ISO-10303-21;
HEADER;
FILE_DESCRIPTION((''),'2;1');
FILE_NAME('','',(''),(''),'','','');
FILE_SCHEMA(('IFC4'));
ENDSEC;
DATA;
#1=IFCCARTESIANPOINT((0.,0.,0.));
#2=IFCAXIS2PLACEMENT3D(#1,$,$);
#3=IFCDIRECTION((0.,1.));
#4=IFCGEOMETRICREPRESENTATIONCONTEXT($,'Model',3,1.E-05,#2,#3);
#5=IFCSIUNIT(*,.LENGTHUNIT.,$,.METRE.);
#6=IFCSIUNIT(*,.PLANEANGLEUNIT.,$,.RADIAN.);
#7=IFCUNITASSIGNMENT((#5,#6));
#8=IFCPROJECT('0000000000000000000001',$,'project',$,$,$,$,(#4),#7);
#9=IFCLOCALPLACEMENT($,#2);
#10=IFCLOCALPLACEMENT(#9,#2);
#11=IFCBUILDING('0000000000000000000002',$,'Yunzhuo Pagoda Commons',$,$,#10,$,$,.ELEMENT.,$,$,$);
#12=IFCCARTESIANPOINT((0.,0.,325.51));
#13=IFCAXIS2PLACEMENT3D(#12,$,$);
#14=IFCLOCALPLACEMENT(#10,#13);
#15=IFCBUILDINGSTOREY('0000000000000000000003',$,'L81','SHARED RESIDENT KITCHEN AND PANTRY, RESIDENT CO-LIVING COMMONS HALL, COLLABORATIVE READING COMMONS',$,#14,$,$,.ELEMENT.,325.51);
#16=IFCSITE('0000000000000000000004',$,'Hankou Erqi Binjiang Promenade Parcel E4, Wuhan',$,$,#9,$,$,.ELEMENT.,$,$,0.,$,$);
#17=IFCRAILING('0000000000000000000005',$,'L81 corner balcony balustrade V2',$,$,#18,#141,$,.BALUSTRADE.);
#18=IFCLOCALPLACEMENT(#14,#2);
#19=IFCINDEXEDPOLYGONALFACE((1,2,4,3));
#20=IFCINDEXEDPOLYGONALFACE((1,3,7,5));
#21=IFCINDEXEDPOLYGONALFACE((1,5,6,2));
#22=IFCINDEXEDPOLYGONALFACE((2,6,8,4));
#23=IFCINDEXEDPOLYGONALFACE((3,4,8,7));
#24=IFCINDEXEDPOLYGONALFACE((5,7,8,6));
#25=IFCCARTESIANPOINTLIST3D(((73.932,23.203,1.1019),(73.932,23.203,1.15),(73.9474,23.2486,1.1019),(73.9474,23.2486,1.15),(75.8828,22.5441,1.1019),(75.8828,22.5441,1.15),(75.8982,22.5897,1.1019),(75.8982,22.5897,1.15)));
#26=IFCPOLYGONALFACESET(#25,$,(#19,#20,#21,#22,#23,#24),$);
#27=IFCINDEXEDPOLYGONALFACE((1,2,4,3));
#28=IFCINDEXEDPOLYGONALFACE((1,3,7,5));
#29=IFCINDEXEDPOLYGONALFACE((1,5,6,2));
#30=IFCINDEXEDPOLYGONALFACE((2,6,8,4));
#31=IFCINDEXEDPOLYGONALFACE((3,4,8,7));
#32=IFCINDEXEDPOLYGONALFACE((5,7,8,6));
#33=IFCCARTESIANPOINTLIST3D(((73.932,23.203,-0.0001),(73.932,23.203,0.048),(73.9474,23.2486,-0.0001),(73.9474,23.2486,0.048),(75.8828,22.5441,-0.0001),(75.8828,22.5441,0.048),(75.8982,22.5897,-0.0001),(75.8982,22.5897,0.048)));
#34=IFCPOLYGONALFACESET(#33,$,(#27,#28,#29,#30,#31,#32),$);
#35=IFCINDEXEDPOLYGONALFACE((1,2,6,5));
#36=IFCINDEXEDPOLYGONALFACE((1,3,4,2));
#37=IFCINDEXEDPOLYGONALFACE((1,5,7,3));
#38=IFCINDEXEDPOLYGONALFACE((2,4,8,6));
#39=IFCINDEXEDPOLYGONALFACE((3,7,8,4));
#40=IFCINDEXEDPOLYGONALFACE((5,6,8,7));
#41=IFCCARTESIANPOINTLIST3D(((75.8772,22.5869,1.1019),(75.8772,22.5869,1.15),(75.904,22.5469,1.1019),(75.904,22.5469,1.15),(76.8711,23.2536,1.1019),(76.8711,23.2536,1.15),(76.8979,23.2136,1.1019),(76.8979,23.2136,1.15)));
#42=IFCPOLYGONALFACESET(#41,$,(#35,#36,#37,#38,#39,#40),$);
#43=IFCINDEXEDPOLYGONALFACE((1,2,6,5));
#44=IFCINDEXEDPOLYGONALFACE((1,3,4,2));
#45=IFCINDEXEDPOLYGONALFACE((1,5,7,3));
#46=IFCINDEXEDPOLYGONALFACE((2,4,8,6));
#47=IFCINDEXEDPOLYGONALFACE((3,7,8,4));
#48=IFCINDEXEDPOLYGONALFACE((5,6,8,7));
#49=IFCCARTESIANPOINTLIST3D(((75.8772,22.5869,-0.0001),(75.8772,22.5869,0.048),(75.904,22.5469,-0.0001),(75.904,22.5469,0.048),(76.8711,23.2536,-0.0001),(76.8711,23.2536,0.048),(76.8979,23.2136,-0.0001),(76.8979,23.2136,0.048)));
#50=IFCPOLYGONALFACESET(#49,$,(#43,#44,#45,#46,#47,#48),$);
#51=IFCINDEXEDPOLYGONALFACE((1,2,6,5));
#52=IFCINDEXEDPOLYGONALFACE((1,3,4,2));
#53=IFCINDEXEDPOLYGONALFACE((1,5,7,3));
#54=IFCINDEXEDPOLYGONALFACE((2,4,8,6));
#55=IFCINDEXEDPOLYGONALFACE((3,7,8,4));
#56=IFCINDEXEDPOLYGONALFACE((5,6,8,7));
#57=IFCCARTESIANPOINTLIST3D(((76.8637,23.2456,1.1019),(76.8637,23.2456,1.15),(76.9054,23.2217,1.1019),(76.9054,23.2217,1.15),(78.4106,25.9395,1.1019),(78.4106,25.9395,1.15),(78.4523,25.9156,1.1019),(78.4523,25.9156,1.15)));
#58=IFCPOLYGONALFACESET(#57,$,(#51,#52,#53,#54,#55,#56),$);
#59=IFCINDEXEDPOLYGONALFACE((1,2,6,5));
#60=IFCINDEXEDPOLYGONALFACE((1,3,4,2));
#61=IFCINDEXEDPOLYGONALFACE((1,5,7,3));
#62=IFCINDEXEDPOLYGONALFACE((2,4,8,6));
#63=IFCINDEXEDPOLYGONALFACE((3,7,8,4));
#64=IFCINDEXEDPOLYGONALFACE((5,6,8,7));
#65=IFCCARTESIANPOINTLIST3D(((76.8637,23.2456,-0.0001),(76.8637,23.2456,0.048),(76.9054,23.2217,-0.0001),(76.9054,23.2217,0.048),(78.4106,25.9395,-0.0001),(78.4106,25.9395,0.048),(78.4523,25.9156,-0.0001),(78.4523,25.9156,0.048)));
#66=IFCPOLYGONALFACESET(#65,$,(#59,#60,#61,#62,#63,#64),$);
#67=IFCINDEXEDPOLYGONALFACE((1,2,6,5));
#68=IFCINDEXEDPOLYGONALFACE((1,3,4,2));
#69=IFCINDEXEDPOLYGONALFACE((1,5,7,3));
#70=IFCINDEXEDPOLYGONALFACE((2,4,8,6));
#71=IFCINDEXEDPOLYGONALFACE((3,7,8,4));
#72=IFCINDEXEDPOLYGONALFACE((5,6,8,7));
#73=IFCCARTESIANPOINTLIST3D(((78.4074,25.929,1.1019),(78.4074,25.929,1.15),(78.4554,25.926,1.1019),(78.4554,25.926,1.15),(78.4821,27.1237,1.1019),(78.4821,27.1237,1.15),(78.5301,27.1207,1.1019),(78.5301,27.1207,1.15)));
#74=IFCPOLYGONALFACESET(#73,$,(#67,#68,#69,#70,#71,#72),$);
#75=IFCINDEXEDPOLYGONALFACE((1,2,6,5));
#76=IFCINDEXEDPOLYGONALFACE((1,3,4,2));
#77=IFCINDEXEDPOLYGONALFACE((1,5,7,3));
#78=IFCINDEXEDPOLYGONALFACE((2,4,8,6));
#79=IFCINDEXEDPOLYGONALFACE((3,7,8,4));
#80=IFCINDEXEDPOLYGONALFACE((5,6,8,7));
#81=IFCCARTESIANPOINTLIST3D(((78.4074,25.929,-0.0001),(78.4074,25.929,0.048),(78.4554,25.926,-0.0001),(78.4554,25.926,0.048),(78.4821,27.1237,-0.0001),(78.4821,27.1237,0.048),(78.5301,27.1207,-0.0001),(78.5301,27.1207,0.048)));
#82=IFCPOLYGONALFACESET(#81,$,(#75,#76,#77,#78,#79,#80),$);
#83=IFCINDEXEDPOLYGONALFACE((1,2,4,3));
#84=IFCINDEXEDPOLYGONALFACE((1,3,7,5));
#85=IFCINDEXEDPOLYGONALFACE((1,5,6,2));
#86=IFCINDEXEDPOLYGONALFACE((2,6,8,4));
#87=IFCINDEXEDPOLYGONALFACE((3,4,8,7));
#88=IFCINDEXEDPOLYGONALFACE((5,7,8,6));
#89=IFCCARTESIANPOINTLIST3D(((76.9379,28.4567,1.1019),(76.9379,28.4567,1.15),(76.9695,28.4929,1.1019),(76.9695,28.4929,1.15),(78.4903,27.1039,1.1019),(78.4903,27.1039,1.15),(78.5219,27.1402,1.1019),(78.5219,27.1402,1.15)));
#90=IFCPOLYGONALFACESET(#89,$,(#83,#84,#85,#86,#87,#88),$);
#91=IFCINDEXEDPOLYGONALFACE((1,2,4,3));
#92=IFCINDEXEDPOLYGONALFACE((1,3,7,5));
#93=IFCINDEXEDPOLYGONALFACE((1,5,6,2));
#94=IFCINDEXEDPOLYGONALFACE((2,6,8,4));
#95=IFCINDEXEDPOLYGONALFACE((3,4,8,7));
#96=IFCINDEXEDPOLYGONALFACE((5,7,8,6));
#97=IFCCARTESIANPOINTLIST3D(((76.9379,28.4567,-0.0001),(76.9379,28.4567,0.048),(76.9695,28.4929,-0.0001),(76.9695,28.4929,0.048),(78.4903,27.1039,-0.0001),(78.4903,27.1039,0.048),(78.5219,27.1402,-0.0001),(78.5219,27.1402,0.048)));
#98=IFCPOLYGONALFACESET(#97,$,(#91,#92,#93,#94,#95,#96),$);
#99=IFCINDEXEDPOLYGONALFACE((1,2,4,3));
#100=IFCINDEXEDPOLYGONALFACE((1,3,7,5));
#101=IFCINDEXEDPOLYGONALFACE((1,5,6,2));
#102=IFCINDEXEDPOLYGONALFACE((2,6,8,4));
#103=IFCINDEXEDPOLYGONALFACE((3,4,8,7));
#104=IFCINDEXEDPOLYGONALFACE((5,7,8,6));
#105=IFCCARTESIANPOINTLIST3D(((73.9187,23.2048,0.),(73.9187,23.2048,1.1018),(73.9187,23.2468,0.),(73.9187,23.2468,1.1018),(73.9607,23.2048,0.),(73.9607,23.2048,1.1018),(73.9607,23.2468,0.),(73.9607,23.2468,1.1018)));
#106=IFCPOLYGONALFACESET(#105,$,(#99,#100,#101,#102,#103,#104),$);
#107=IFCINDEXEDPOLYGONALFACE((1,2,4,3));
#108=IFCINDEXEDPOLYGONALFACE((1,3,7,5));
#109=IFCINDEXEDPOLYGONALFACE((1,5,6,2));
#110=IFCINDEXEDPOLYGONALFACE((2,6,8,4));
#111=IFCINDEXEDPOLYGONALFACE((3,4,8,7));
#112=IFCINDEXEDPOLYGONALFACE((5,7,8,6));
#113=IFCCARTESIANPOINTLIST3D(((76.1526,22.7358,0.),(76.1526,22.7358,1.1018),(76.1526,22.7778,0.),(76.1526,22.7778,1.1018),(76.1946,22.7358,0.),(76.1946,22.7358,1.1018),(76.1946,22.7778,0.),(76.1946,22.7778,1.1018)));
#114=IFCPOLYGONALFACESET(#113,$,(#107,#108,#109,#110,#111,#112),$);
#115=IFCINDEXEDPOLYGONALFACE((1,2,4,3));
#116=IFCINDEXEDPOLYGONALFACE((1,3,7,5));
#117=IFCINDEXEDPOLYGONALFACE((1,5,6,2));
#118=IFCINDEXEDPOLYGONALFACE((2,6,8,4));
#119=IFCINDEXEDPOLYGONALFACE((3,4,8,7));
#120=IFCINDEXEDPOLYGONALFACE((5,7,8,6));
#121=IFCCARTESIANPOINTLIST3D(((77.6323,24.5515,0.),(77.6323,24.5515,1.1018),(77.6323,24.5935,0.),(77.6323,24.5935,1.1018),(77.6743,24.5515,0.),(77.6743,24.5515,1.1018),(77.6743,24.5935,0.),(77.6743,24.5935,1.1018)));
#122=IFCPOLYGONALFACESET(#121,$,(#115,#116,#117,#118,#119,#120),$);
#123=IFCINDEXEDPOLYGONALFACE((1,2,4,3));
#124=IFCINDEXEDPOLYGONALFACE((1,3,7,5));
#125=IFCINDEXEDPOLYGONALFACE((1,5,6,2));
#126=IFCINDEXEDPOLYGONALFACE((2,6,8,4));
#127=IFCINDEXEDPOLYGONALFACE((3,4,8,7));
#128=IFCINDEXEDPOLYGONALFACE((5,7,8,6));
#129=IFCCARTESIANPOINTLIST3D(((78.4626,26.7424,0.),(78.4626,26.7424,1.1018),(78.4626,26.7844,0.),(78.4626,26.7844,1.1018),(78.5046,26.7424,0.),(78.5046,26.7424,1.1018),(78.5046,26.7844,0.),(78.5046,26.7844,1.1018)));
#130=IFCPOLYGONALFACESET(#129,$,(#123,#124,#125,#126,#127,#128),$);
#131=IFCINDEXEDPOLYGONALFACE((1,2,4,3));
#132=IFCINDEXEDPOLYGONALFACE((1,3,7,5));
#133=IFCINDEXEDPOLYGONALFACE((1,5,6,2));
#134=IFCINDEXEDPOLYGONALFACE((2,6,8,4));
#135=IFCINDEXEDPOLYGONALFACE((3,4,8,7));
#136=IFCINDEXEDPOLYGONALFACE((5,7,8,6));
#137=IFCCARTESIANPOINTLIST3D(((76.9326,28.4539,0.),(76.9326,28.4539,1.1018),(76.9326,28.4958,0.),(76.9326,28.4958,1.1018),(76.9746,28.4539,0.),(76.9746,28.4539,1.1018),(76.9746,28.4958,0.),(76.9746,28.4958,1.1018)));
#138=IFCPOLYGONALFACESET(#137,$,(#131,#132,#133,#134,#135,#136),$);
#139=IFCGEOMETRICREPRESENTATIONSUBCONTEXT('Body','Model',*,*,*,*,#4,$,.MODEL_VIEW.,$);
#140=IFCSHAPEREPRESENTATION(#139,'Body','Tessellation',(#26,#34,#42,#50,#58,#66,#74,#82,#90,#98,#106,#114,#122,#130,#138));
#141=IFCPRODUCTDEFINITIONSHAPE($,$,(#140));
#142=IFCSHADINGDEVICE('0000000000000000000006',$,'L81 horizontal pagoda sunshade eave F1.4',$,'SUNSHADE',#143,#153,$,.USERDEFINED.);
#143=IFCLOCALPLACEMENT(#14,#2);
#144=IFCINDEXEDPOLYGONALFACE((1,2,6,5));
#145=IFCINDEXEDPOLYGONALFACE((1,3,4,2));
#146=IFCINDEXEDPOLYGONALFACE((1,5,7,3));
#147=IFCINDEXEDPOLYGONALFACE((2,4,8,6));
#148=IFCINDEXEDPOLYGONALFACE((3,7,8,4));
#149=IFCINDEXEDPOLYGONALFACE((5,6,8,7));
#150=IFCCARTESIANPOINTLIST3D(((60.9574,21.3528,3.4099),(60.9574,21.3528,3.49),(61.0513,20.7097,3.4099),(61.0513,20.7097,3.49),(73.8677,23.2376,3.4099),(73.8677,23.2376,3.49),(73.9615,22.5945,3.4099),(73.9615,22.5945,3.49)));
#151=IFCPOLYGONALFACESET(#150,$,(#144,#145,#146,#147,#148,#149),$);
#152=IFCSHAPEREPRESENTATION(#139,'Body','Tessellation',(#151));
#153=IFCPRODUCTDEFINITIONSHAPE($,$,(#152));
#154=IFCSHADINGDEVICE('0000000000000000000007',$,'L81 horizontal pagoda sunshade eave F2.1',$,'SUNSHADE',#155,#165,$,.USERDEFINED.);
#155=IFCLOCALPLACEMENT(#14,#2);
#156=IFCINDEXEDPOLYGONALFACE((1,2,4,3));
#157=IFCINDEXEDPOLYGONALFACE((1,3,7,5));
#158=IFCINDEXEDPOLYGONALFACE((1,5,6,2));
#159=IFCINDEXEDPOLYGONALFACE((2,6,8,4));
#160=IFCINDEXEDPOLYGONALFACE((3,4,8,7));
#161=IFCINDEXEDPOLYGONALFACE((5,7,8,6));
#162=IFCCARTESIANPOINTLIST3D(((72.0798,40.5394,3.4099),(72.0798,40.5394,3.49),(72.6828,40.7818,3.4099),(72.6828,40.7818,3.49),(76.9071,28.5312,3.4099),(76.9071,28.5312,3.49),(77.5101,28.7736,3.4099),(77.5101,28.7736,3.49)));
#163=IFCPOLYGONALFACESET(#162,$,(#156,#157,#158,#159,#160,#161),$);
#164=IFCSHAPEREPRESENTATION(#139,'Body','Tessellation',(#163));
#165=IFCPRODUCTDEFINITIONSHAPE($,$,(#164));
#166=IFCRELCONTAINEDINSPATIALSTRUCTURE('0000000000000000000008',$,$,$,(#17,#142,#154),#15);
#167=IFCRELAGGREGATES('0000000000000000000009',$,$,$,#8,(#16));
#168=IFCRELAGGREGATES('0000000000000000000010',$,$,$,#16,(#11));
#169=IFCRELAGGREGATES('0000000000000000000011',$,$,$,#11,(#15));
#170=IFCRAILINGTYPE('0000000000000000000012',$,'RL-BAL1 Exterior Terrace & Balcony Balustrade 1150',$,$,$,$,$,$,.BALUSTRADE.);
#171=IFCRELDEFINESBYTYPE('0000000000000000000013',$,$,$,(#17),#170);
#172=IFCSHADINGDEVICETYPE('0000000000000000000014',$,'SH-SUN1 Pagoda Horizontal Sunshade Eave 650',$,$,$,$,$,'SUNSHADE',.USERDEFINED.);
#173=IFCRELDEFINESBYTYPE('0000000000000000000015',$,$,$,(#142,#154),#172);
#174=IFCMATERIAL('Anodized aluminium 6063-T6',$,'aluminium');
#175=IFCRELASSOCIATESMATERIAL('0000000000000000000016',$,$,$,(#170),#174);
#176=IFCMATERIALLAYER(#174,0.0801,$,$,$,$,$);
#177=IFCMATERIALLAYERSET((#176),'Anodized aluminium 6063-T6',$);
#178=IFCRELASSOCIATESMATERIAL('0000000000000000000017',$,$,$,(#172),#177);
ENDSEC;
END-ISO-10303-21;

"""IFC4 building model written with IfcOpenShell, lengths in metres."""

from ifc_helpers import new_model, si_unit, direction, frame, origin, origin_2d, place, context, subcontext, project, spatial, rectangle, extrude, source, transform, mapped, material, layer, layer_set, type_object, element, save


model = new_model("IFC4")

# Units and contexts
model_context = context("Model", 3, precision=1e-05, world=origin(), true_north=direction((0.0, 1.0)))
body_context = subcontext(model_context, "Body", "Model", "MODEL_VIEW")
ifc_project = project(units=[si_unit("LENGTHUNIT", "METRE"), si_unit("PLANEANGLEUNIT", "RADIAN")], contexts=[model_context])

# Site, building, storey
site_placement = place(None, origin())
site = spatial("IfcSite", under=ifc_project, at=site_placement, Name="Hankou Erqi Binjiang Promenade Parcel E4, Wuhan", CompositionType="ELEMENT", RefElevation=0.0)
building_placement = place(site_placement, origin())
building = spatial("IfcBuilding", under=site, at=building_placement, Name="Yunzhuo Pagoda Commons", CompositionType="ELEMENT")
storey_placement = place(building_placement, frame((0.0, 0.0, 325.51)))
storey = spatial("IfcBuildingStorey", under=building, at=storey_placement, Name="L81", Description="SHARED RESIDENT KITCHEN AND PANTRY, RESIDENT CO-LIVING COMMONS HALL, COLLABORATIVE READING COMMONS", CompositionType="ELEMENT", Elevation=325.51)

# Shared definitions
ifc_material_1 = material(Name="Anodized aluminium 6063-T6", Category="aluminium")

# Railing
railing_type = type_object("IfcRailingType", Name="RL-BAL1 Exterior Terrace & Balcony Balustrade 1150", PredefinedType="BALUSTRADE", material=ifc_material_1)
railing_placement = place(storey_placement, frame((73.9397, 23.2258, 0.0)))
element("IfcRailing", 1, at=railing_placement, inside=storey, type_object=railing_type, Name="L81 corner balcony balustrade V2", PredefinedType="BALUSTRADE", context=body_context, shape_type="SweptSolid", body=[
    extrude(rectangle(XDim=0.0481, YDim=0.0481, at=origin_2d()), frame((0.0, 0.0, 1.126), z_axis=(0.947419, -0.319996, 0.0), x_axis=(0.319996, 0.947419, 0.0)), (0.0, 0.0, 1.0), 2.0591),
    extrude(rectangle(XDim=0.0481, YDim=0.0481, at=origin_2d()), frame((0.0, 0.0, 0.0239), z_axis=(0.947419, -0.319996, 0.0), x_axis=(0.319996, 0.947419, 0.0)), (0.0, 0.0, 1.0), 2.0591),
    extrude(rectangle(XDim=0.0481, YDim=0.0481, at=origin_2d()), frame((1.9509, -0.6589, 1.126), z_axis=(0.830446, 0.557099, 0.0), x_axis=(-0.557099, 0.830446, 0.0)), (0.0, 0.0, 1.0), 1.1968),
    extrude(rectangle(XDim=0.0481, YDim=0.0481, at=origin_2d()), frame((1.9509, -0.6589, 0.0239), z_axis=(0.830446, 0.557099, 0.0), x_axis=(-0.557099, 0.830446, 0.0)), (0.0, 0.0, 1.0), 1.1968),
    extrude(rectangle(XDim=0.0481, YDim=0.0481, at=origin_2d()), frame((2.9448, 0.0078, 1.126), z_axis=(0.497966, 0.867197, 0.0), x_axis=(-0.867197, 0.497966, 0.0)), (0.0, 0.0, 1.0), 3.1064),
    extrude(rectangle(XDim=0.0481, YDim=0.0481, at=origin_2d()), frame((2.9448, 0.0078, 0.0239), z_axis=(0.497966, 0.867197, 0.0), x_axis=(-0.867197, 0.497966, 0.0)), (0.0, 0.0, 1.0), 3.1064),
    extrude(rectangle(XDim=0.0481, YDim=0.0481, at=origin_2d()), frame((4.4917, 2.7017, 1.126), z_axis=(0.062416, 0.99805, 0.0), x_axis=(-0.99805, 0.062416, 0.0)), (0.0, 0.0, 1.0), 1.197),
    extrude(rectangle(XDim=0.0481, YDim=0.0481, at=origin_2d()), frame((4.4917, 2.7017, 0.0239), z_axis=(0.062416, 0.99805, 0.0), x_axis=(-0.99805, 0.062416, 0.0)), (0.0, 0.0, 1.0), 1.197),
    extrude(rectangle(XDim=0.0481, YDim=0.0481, at=origin_2d()), frame((4.5664, 3.8962, 1.126), z_axis=(-0.753934, 0.65695, 0.0), x_axis=(-0.65695, -0.753934, 0.0)), (0.0, 0.0, 1.0), 2.0591),
    extrude(rectangle(XDim=0.0481, YDim=0.0481, at=origin_2d()), frame((4.5664, 3.8962, 0.0239), z_axis=(-0.753934, 0.65695, 0.0), x_axis=(-0.65695, -0.753934, 0.0)), (0.0, 0.0, 1.0), 2.0591),
    extrude(rectangle(XDim=0.042, YDim=0.042, at=origin_2d()), origin(), (0.0, 0.0, 1.0), 1.1018),
    extrude(rectangle(XDim=0.042, YDim=0.042, at=origin_2d()), frame((2.2339, -0.469, 0.0)), (0.0, 0.0, 1.0), 1.1018),
    extrude(rectangle(XDim=0.042, YDim=0.042, at=origin_2d()), frame((3.7136, 1.3467, 0.0)), (0.0, 0.0, 1.0), 1.1018),
    extrude(rectangle(XDim=0.042, YDim=0.042, at=origin_2d()), frame((4.5439, 3.5376, 0.0)), (0.0, 0.0, 1.0), 1.1018),
    extrude(rectangle(XDim=0.042, YDim=0.042, at=origin_2d()), frame((3.0139, 5.249, 0.0)), (0.0, 0.0, 1.0), 1.1018),
])

# Shading devices
ifc_layer_1 = layer(ifc_material_1, 0.0801)
ifc_layer_set_1 = layer_set([ifc_layer_1], Name="Anodized aluminium 6063-T6")
shading_device_type = type_object("IfcShadingDeviceType", Name="SH-SUN1 Pagoda Horizontal Sunshade Eave 650", ElementType="SUNSHADE", PredefinedType="USERDEFINED", material=ifc_layer_set_1)
shared_shape_1 = source(origin(), body_context, "Body", "SweptSolid", [
    extrude(rectangle(XDim=13.0471, YDim=0.6499, at=origin_2d()), origin(), (0.0, 0.0, 1.0), 0.0801),
])
shading_device_1_placement = place(storey_placement, frame((67.4595, 21.9736, 3.4099), z_axis=(0.0, 0.0, 1.0), x_axis=(0.989511, 0.14446, 0.0)))
element("IfcShadingDevice", 2, at=shading_device_1_placement, inside=storey, type_object=shading_device_type, Name="L81 horizontal pagoda sunshade eave F1.4", ObjectType="SUNSHADE", PredefinedType="USERDEFINED", context=body_context, shape_type="MappedRepresentation", body=[
    mapped(shared_shape_1, transform((0.0, 0.0, 0.0), scale=1.0)),
])
shared_shape_2 = source(origin(), body_context, "Body", "SweptSolid", [
    extrude(rectangle(XDim=12.9421, YDim=0.6499, at=origin_2d()), origin(), (0.0, 0.0, 1.0), 0.0801),
])
shading_device_2_placement = place(storey_placement, frame((74.7949, 34.6565, 3.4099), z_axis=(0.0, 0.0, 1.0), x_axis=(-0.372988, 0.927836, 0.0)))
element("IfcShadingDevice", 3, at=shading_device_2_placement, inside=storey, type_object=shading_device_type, Name="L81 horizontal pagoda sunshade eave F2.1", ObjectType="SUNSHADE", PredefinedType="USERDEFINED", context=body_context, shape_type="MappedRepresentation", body=[
    mapped(shared_shape_2, transform((0.0, 0.0, 0.0), scale=1.0)),
])

save(model, "model.ifc")
